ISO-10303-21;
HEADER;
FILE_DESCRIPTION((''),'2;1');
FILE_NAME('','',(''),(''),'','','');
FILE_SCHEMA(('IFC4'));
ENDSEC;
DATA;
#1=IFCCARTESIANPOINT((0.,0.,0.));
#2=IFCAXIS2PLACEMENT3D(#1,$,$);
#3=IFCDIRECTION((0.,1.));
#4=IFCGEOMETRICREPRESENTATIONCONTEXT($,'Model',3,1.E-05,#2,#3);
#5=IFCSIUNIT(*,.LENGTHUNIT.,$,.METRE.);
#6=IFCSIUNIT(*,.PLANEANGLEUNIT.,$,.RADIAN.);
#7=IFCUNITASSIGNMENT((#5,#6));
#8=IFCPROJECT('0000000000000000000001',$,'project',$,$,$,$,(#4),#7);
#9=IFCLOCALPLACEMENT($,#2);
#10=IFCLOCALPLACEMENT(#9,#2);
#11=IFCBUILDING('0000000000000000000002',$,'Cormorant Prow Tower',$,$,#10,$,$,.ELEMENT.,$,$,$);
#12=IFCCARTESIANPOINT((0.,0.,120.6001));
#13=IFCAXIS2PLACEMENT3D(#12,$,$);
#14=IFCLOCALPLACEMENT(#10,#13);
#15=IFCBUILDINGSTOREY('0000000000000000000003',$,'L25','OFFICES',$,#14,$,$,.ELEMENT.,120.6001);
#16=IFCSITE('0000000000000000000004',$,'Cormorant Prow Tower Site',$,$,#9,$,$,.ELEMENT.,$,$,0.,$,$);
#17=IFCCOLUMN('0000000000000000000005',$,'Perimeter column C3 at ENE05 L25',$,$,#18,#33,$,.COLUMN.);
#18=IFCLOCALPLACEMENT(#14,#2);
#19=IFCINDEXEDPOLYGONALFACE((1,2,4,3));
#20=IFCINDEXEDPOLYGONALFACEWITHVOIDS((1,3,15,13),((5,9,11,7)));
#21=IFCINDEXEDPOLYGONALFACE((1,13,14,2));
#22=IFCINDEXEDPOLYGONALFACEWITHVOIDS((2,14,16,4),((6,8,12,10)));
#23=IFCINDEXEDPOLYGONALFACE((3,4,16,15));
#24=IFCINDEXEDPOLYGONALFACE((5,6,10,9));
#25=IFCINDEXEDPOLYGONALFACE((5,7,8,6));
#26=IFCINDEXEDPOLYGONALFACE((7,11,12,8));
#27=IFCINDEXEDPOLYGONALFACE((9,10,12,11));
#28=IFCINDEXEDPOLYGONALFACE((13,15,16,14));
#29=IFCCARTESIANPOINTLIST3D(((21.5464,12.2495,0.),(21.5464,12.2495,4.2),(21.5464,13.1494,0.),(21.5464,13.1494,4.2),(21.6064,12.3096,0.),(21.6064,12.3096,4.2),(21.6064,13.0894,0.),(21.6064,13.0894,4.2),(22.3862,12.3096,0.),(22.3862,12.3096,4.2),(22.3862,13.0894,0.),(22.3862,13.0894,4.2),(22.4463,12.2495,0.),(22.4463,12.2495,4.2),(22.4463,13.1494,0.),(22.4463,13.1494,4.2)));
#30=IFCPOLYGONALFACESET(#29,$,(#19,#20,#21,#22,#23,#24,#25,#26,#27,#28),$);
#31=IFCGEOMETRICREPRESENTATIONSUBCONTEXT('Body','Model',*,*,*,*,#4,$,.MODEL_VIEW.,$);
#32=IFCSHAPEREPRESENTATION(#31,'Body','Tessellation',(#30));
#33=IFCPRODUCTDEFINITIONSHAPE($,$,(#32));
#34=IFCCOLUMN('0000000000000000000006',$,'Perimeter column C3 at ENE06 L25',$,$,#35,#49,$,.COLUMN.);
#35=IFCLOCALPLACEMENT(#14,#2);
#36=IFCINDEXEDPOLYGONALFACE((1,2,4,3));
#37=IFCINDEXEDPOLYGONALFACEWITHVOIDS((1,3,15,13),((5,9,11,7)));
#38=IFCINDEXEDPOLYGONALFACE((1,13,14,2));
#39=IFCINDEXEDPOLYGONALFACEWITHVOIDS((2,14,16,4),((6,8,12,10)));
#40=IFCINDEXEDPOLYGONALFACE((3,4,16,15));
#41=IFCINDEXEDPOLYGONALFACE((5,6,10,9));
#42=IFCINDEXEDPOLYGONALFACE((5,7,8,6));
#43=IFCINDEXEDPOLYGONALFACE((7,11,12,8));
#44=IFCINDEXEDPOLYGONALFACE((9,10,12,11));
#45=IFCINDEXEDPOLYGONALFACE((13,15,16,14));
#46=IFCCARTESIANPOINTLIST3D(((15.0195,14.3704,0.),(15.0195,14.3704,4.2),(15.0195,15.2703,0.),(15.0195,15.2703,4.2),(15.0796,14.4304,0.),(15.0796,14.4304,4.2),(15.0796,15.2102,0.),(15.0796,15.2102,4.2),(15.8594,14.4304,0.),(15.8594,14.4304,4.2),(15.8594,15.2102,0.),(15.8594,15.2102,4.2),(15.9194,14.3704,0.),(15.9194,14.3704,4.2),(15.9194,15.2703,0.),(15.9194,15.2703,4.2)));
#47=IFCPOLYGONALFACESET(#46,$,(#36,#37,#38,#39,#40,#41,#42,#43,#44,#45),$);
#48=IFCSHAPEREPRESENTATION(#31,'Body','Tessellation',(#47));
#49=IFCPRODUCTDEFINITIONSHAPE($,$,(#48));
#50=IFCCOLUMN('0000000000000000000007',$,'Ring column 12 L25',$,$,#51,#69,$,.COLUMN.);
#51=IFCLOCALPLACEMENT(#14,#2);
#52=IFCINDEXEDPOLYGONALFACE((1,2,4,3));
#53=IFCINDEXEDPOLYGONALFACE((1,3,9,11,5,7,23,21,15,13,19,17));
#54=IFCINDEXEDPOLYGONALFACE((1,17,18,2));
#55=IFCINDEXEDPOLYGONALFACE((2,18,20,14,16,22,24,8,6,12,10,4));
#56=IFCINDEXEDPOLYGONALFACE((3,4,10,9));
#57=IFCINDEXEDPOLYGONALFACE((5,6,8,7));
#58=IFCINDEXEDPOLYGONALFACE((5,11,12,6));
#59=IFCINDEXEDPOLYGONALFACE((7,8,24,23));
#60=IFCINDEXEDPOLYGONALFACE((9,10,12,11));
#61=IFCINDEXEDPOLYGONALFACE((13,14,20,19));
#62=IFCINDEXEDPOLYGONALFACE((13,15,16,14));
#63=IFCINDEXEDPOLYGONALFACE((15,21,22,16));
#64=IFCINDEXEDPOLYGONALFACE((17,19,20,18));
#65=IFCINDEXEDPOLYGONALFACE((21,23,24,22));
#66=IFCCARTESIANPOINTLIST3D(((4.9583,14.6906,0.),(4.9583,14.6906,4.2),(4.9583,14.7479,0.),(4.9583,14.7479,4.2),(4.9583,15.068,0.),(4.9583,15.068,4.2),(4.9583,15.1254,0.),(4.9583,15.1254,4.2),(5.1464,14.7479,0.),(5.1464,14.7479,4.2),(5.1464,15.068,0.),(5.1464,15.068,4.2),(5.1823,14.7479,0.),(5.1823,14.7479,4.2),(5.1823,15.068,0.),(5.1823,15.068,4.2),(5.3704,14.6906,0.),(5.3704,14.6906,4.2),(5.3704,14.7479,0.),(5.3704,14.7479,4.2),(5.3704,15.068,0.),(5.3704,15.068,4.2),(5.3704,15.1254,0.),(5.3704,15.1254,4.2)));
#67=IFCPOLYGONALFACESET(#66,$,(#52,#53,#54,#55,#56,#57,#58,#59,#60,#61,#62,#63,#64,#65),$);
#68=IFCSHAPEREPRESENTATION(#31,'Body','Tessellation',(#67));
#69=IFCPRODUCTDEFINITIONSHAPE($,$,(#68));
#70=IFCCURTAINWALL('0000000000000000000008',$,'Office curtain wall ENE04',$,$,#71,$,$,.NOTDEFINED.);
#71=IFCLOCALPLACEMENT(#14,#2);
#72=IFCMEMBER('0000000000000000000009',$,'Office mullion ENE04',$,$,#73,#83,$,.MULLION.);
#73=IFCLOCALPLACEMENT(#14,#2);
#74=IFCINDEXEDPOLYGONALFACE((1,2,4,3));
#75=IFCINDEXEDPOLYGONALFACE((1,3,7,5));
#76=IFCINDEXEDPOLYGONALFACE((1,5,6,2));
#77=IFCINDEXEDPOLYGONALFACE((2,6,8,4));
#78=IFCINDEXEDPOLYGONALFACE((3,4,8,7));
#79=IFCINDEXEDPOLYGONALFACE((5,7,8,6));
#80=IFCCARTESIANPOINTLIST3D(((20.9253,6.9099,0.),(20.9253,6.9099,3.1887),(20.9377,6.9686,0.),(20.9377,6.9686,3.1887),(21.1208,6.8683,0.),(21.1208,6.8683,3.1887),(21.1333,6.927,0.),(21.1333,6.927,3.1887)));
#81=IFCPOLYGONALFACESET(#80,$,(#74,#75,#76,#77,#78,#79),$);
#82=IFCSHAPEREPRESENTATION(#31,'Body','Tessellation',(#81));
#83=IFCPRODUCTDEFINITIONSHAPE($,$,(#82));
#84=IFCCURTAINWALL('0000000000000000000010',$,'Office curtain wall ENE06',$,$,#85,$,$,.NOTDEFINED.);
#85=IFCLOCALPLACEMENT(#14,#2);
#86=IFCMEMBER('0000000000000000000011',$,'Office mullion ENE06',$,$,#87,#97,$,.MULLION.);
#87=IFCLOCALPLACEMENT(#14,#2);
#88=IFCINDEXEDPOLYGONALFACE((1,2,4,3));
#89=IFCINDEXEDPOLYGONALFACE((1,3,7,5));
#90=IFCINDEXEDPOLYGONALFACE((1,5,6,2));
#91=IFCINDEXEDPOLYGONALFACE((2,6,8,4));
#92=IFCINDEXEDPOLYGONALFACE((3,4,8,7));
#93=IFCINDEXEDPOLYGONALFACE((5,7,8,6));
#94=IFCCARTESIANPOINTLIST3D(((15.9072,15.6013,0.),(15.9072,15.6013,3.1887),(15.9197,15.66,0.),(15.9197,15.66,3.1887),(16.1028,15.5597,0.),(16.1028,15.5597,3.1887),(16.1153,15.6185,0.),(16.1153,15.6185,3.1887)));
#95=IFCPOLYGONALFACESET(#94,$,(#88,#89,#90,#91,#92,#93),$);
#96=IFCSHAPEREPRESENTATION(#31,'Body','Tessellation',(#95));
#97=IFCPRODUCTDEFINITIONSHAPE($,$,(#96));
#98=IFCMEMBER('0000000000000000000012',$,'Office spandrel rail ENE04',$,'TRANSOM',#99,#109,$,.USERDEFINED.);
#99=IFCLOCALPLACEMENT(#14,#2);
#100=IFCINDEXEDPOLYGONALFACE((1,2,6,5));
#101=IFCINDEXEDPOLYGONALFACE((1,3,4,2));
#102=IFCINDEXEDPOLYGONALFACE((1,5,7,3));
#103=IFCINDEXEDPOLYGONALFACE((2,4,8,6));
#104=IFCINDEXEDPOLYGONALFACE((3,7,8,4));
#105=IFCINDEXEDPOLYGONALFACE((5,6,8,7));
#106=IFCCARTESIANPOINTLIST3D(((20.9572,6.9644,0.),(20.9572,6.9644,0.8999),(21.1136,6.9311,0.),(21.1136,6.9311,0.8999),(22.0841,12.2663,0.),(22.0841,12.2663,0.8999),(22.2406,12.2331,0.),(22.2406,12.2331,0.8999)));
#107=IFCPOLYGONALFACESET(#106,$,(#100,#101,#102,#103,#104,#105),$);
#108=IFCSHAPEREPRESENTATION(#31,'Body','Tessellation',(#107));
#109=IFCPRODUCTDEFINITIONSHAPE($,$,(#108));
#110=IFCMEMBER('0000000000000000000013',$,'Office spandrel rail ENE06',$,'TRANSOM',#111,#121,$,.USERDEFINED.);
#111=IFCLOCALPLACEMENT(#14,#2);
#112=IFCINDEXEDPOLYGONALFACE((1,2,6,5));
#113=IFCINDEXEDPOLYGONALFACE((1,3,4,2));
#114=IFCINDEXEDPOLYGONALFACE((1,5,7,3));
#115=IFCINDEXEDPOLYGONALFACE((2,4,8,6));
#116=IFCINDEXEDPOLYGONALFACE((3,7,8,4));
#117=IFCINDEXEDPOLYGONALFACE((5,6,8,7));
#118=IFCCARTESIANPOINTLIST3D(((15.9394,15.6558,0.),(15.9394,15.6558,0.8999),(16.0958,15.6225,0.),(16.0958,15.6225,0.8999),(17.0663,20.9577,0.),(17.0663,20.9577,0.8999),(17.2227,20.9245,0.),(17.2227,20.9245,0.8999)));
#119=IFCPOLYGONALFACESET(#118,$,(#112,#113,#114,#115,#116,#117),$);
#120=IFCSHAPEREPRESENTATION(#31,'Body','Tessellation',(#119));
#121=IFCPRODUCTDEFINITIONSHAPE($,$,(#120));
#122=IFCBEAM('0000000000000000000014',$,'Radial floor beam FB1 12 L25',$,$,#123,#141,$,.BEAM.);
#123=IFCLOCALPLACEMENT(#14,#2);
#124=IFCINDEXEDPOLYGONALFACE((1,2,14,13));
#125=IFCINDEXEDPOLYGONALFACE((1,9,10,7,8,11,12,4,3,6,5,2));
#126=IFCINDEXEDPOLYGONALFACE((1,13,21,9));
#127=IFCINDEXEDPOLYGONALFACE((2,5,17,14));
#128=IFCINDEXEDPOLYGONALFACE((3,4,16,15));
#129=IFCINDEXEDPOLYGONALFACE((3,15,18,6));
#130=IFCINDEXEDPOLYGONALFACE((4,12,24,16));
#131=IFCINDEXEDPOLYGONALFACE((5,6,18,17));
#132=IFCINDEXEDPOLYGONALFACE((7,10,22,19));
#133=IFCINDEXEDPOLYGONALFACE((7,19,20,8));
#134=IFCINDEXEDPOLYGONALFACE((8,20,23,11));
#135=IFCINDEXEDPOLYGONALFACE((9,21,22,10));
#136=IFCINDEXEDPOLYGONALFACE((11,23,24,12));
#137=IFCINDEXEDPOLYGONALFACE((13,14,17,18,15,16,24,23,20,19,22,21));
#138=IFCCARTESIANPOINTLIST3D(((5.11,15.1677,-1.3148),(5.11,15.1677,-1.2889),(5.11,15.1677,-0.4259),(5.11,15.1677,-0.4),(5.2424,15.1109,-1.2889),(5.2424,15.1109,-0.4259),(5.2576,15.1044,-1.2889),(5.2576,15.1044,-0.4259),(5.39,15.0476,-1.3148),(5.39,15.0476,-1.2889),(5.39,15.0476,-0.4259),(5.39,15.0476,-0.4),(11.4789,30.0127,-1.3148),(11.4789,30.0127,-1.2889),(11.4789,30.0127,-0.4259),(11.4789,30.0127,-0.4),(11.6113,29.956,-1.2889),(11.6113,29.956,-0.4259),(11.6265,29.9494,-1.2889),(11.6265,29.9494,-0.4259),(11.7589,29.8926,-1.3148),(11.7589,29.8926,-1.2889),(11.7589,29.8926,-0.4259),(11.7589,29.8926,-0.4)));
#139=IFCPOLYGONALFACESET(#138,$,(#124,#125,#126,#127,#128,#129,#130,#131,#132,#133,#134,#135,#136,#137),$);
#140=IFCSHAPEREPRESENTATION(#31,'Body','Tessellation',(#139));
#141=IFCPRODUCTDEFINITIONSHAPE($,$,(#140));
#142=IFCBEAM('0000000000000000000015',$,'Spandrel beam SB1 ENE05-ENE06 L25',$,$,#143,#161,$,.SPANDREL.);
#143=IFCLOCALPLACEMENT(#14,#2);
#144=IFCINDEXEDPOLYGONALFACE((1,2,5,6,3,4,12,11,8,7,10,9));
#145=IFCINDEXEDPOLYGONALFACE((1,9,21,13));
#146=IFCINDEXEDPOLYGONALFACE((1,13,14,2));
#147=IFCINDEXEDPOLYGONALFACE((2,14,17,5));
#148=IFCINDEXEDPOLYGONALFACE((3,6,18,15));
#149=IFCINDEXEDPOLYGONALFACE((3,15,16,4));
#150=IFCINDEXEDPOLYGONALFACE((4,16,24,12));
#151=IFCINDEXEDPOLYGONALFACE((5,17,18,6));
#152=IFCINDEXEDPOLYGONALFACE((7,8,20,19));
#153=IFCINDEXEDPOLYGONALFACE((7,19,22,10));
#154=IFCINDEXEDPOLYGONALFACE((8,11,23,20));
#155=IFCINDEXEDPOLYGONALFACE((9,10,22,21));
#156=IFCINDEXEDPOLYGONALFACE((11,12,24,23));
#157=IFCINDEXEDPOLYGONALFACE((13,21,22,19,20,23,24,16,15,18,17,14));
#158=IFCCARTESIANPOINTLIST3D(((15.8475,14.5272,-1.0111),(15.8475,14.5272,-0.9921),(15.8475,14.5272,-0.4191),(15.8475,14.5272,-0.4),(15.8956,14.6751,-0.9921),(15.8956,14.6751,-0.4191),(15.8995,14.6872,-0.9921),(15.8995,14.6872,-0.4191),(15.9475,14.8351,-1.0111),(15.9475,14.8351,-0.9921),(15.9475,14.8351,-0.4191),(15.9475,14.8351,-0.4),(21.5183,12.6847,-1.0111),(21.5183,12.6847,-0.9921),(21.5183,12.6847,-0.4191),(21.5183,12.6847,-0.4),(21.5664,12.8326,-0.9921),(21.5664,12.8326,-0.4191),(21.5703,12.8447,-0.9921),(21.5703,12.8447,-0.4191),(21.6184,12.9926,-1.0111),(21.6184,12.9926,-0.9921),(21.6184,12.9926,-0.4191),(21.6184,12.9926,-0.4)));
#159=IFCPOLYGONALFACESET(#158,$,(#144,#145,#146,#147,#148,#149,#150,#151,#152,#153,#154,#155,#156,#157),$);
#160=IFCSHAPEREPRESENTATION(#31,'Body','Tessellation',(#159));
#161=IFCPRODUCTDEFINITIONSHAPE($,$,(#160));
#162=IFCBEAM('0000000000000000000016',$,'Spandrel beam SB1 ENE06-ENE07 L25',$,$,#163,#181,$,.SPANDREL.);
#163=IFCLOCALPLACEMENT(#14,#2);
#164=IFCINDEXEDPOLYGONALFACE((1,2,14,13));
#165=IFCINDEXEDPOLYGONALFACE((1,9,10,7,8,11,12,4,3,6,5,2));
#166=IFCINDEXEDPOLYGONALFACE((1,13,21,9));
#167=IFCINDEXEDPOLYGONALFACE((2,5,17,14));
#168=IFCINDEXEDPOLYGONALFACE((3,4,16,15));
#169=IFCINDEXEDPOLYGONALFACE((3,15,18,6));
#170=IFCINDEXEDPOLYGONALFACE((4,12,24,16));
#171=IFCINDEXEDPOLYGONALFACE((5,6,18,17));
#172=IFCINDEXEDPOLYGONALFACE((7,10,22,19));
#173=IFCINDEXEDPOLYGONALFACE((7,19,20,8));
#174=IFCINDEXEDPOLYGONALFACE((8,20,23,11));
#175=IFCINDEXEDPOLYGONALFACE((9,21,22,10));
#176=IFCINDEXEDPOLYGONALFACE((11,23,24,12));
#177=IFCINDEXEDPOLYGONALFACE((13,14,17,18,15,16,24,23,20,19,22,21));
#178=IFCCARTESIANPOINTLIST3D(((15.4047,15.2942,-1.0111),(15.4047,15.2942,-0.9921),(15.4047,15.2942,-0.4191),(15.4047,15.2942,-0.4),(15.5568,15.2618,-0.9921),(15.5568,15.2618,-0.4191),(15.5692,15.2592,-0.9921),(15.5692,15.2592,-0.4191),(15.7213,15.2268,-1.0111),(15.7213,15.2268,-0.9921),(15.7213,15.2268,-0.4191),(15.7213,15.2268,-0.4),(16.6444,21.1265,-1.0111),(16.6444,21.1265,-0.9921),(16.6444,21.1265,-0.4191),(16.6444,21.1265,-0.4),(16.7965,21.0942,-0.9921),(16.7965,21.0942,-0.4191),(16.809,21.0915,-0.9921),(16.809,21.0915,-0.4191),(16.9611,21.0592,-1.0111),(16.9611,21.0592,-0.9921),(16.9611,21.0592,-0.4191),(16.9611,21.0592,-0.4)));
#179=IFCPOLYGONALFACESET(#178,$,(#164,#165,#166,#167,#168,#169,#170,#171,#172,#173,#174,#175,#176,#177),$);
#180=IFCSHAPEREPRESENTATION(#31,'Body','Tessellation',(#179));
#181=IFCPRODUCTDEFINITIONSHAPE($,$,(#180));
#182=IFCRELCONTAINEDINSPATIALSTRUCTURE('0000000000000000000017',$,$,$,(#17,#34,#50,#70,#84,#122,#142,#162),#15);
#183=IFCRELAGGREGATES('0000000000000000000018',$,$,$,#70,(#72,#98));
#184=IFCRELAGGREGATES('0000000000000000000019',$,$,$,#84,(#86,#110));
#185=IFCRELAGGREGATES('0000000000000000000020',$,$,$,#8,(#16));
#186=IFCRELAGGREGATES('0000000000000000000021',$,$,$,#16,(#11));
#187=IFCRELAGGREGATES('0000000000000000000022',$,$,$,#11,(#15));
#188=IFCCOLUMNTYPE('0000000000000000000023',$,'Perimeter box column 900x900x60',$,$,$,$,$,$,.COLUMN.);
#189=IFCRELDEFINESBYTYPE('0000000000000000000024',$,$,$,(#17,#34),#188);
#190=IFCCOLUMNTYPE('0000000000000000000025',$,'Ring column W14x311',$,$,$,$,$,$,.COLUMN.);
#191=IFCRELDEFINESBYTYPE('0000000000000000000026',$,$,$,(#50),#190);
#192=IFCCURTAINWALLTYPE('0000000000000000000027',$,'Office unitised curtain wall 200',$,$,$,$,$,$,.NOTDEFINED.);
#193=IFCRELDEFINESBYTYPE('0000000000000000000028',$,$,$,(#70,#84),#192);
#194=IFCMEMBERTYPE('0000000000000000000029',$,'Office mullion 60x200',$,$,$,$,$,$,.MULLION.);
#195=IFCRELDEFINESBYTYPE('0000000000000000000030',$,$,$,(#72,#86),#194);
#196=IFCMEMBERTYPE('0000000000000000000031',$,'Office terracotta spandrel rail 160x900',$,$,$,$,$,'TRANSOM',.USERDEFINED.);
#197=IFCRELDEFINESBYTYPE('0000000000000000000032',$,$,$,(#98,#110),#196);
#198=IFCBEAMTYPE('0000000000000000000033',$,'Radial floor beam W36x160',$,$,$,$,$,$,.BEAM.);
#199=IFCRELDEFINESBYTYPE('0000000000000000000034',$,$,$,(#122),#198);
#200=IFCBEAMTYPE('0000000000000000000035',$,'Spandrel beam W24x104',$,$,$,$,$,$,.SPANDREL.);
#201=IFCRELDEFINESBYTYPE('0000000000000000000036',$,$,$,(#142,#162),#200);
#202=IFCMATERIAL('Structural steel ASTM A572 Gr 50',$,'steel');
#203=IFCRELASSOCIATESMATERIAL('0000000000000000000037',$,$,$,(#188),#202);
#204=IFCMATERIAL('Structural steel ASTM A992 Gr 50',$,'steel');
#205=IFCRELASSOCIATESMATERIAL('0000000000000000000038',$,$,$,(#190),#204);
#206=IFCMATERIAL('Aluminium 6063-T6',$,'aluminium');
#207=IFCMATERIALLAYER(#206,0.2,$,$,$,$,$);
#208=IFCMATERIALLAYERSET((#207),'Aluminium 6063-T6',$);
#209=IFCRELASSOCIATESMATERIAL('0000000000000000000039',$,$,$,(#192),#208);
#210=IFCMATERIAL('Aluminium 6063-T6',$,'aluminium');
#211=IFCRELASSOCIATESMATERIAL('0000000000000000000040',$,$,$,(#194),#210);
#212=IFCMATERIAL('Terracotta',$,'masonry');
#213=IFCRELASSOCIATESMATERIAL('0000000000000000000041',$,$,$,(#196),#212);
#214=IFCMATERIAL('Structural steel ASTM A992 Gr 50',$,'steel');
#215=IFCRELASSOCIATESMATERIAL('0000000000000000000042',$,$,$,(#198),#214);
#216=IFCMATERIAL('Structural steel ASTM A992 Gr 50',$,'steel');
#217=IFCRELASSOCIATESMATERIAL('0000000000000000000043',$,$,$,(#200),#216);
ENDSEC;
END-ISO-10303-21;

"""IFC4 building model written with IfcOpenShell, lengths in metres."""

from ifc_helpers import new_model, si_unit, direction, frame, origin, origin_2d, place, context, subcontext, project, spatial, rectangle, hollow_rectangle, i_section, extrude, material, layer, layer_set, material_profile, profile_set, type_object, element, aggregate, save


model = new_model("IFC4")

# Units and contexts
model_context = context("Model", 3, precision=1e-05, world=origin(), true_north=direction((0.0, 1.0)))
body_context = subcontext(model_context, "Body", "Model", "MODEL_VIEW")
ifc_project = project(units=[si_unit("LENGTHUNIT", "METRE"), si_unit("PLANEANGLEUNIT", "RADIAN")], contexts=[model_context])

# Site, building, storey
site_placement = place(None, origin())
site = spatial("IfcSite", under=ifc_project, at=site_placement, Name="Cormorant Prow Tower Site", CompositionType="ELEMENT", RefElevation=0.0)
building_placement = place(site_placement, origin())
building = spatial("IfcBuilding", under=site, at=building_placement, Name="Cormorant Prow Tower", CompositionType="ELEMENT")
storey_placement = place(building_placement, frame((0.0, 0.0, 120.6001)))
storey = spatial("IfcBuildingStorey", under=building, at=storey_placement, Name="L25", Description="OFFICES", CompositionType="ELEMENT", Elevation=120.6001)

# Columns
ifc_material_1 = material(Name="Structural steel ASTM A572 Gr 50", Category="steel")
ifc_material_profile_1 = material_profile(ifc_material_1, hollow_rectangle(XDim=0.8999, YDim=0.8999, WallThickness=0.0601, at=origin_2d()), Name="Box 900x900x60")
ifc_profile_set_1 = profile_set([ifc_material_profile_1], Name="Structural steel ASTM A572 Gr 50")
column_type_1 = type_object("IfcColumnType", Name="Perimeter box column 900x900x60", PredefinedType="COLUMN", material=ifc_profile_set_1)
for number, where, z_axis, x_axis, name in (
    (1, (21.9963, 12.6995, 0.0), (0.0, 0.0, 1.0), (1.0, 0.0, 0.0), "Perimeter column C3 at ENE05 L25"),
    (2, (15.4695, 14.8203, 0.0), (0.0, 0.0, 1.0), (1.0, 0.0, 0.0), "Perimeter column C3 at ENE06 L25"),
):
    element("IfcColumn", number, at=place(storey_placement, frame(where, z_axis=z_axis, x_axis=x_axis)), inside=storey, type_object=column_type_1, Name=name, PredefinedType="COLUMN", context=body_context, shape_type="SweptSolid", body=[
        extrude(hollow_rectangle(XDim=0.8999, YDim=0.8999, WallThickness=0.0601, at=origin_2d()), origin(), (0.0, 0.0, 1.0), 4.2),
    ])
ifc_material_2 = material(Name="Structural steel ASTM A992 Gr 50", Category="steel")
ifc_material_profile_2 = material_profile(ifc_material_2, i_section(OverallWidth=0.4121, OverallDepth=0.4348, WebThickness=0.0359, FlangeThickness=0.0574, at=origin_2d()), Name="W14x311")
ifc_profile_set_2 = profile_set([ifc_material_profile_2], Name="Structural steel ASTM A992 Gr 50")
column_type_2 = type_object("IfcColumnType", Name="Ring column W14x311", PredefinedType="COLUMN", material=ifc_profile_set_2)
column_placement = place(storey_placement, frame((5.1643, 14.908, 0.0), z_axis=(0.0, 0.0, 1.0), x_axis=(1.0, 0.0, 0.0)))
element("IfcColumn", 3, at=column_placement, inside=storey, type_object=column_type_2, Name="Ring column 12 L25", PredefinedType="COLUMN", context=body_context, shape_type="SweptSolid", body=[
    extrude(i_section(OverallWidth=0.4121, OverallDepth=0.4348, WebThickness=0.0359, FlangeThickness=0.0574, at=origin_2d()), origin(), (0.0, 0.0, 1.0), 4.2),
])

# Curtain walls, members
ifc_material_3 = material(Name="Aluminium 6063-T6", Category="aluminium")
ifc_layer_1 = layer(ifc_material_3, 0.2)
ifc_layer_set_1 = layer_set([ifc_layer_1], Name="Aluminium 6063-T6")
curtain_wall_type = type_object("IfcCurtainWallType", Name="Office unitised curtain wall 200", PredefinedType="NOTDEFINED", material=ifc_layer_set_1)
curtain_wall_1_placement = place(storey_placement, origin())
curtain_wall_1 = element("IfcCurtainWall", 4, at=curtain_wall_1_placement, inside=storey, type_object=curtain_wall_type, Name="Office curtain wall ENE04", PredefinedType="NOTDEFINED")
ifc_material_4 = material(Name="Aluminium 6063-T6", Category="aluminium")
ifc_material_profile_3 = material_profile(ifc_material_4, rectangle(XDim=0.2, YDim=0.0601, at=origin_2d()), Name="Office mullion 60x200")
ifc_profile_set_3 = profile_set([ifc_material_profile_3], Name="Aluminium 6063-T6")
member_type_1 = type_object("IfcMemberType", Name="Office mullion 60x200", PredefinedType="MULLION", material=ifc_profile_set_3)
member_1_placement = place(storey_placement, frame((21.0293, 6.9185, 0.0), z_axis=(0.0, 0.0, 1.0), x_axis=(-0.978148, 0.207912, 0.0)))
member_1 = element("IfcMember", 5, at=member_1_placement, type_object=member_type_1, Name="Office mullion ENE04", PredefinedType="MULLION", context=body_context, shape_type="SweptSolid", body=[
    extrude(rectangle(XDim=0.2, YDim=0.0601, at=origin_2d()), origin(), (0.0, 0.0, 1.0), 3.1887),
])
curtain_wall_2_placement = place(storey_placement, origin())
curtain_wall_2 = element("IfcCurtainWall", 6, at=curtain_wall_2_placement, inside=storey, type_object=curtain_wall_type, Name="Office curtain wall ENE06", PredefinedType="NOTDEFINED")
member_2_placement = place(storey_placement, frame((16.0112, 15.6099, 0.0), z_axis=(0.0, 0.0, 1.0), x_axis=(-0.978148, 0.207912, 0.0)))
member_2 = element("IfcMember", 7, at=member_2_placement, type_object=member_type_1, Name="Office mullion ENE06", PredefinedType="MULLION", context=body_context, shape_type="SweptSolid", body=[
    extrude(rectangle(XDim=0.2, YDim=0.0601, at=origin_2d()), origin(), (0.0, 0.0, 1.0), 3.1887),
])

# Members
ifc_material_5 = material(Name="Terracotta", Category="masonry")
ifc_material_profile_4 = material_profile(ifc_material_5, rectangle(XDim=0.1599, YDim=0.8999, at=origin_2d()), Name="Office terracotta spandrel rail 160x900")
ifc_profile_set_4 = profile_set([ifc_material_profile_4], Name="Terracotta")
member_type_2 = type_object("IfcMemberType", Name="Office terracotta spandrel rail 160x900", ElementType="TRANSOM", PredefinedType="USERDEFINED", material=ifc_profile_set_4)
member_3_placement = place(storey_placement, frame((21.0354, 6.9478, 0.45), z_axis=(0.207908, 0.978148, 0.0), x_axis=(-0.978148, 0.207908, 0.0)))
member_3 = element("IfcMember", 8, at=member_3_placement, type_object=member_type_2, Name="Office spandrel rail ENE04", ObjectType="TRANSOM", PredefinedType="USERDEFINED", context=body_context, shape_type="SweptSolid", body=[
    extrude(rectangle(XDim=0.1599, YDim=0.8999, at=origin_2d()), origin(), (0.0, 0.0, 1.0), 5.4204),
])
member_4_placement = place(storey_placement, frame((16.0176, 15.6392, 0.45), z_axis=(0.207908, 0.978148, 0.0), x_axis=(-0.978148, 0.207908, 0.0)))
member_4 = element("IfcMember", 9, at=member_4_placement, type_object=member_type_2, Name="Office spandrel rail ENE06", ObjectType="TRANSOM", PredefinedType="USERDEFINED", context=body_context, shape_type="SweptSolid", body=[
    extrude(rectangle(XDim=0.1599, YDim=0.8999, at=origin_2d()), origin(), (0.0, 0.0, 1.0), 5.4204),
])

# Beams
ifc_material_6 = material(Name="Structural steel ASTM A992 Gr 50", Category="steel")
ifc_material_profile_5 = material_profile(ifc_material_6, i_section(OverallWidth=0.3047, OverallDepth=0.9148, WebThickness=0.0166, FlangeThickness=0.0259, at=origin_2d()), Name="W36x160")
ifc_profile_set_5 = profile_set([ifc_material_profile_5], Name="Structural steel ASTM A992 Gr 50")
beam_type_1 = type_object("IfcBeamType", Name="Radial floor beam W36x160", PredefinedType="BEAM", material=ifc_profile_set_5)
beam_placement = place(storey_placement, frame((5.25, 15.1077, -0.8574), z_axis=(0.394273, 0.918993, 0.0), x_axis=(-0.918993, 0.394273, 0.0)))
element("IfcBeam", 10, at=beam_placement, inside=storey, type_object=beam_type_1, Name="Radial floor beam FB1 12 L25", PredefinedType="BEAM", context=body_context, shape_type="SweptSolid", body=[
    extrude(i_section(OverallWidth=0.3047, OverallDepth=0.9148, WebThickness=0.0166, FlangeThickness=0.0259, at=origin_2d()), origin(), (0.0, 0.0, 1.0), 16.1536),
])
ifc_material_7 = material(Name="Structural steel ASTM A992 Gr 50", Category="steel")
ifc_material_profile_6 = material_profile(ifc_material_7, i_section(OverallWidth=0.3237, OverallDepth=0.6111, WebThickness=0.0127, FlangeThickness=0.019, at=origin_2d()), Name="W24x104")
ifc_profile_set_6 = profile_set([ifc_material_profile_6], Name="Structural steel ASTM A992 Gr 50")
beam_type_2 = type_object("IfcBeamType", Name="Spandrel beam W24x104", PredefinedType="SPANDREL", material=ifc_profile_set_6)
for number, where, z_axis, x_axis, name in (
    (11, (21.5684, 12.8386, -0.7056), (-0.951059, 0.309008, 0.0), (-0.309008, -0.951059, 0.0), "Spandrel beam SB1 ENE05-ENE06 L25"),
    (12, (15.563, 15.2605, -0.7056), (0.207921, 0.978146, 0.0), (-0.978146, 0.207921, 0.0), "Spandrel beam SB1 ENE06-ENE07 L25"),
):
    element("IfcBeam", number, at=place(storey_placement, frame(where, z_axis=z_axis, x_axis=x_axis)), inside=storey, type_object=beam_type_2, Name=name, PredefinedType="SPANDREL", context=body_context, shape_type="SweptSolid", body=[
        extrude(i_section(OverallWidth=0.3237, OverallDepth=0.6111, WebThickness=0.0127, FlangeThickness=0.019, at=origin_2d()), origin(), (0.0, 0.0, 1.0), 5.9626),
    ])

aggregate(curtain_wall_1, [member_1, member_3])
aggregate(curtain_wall_2, [member_2, member_4])

save(model, "model.ifc")
